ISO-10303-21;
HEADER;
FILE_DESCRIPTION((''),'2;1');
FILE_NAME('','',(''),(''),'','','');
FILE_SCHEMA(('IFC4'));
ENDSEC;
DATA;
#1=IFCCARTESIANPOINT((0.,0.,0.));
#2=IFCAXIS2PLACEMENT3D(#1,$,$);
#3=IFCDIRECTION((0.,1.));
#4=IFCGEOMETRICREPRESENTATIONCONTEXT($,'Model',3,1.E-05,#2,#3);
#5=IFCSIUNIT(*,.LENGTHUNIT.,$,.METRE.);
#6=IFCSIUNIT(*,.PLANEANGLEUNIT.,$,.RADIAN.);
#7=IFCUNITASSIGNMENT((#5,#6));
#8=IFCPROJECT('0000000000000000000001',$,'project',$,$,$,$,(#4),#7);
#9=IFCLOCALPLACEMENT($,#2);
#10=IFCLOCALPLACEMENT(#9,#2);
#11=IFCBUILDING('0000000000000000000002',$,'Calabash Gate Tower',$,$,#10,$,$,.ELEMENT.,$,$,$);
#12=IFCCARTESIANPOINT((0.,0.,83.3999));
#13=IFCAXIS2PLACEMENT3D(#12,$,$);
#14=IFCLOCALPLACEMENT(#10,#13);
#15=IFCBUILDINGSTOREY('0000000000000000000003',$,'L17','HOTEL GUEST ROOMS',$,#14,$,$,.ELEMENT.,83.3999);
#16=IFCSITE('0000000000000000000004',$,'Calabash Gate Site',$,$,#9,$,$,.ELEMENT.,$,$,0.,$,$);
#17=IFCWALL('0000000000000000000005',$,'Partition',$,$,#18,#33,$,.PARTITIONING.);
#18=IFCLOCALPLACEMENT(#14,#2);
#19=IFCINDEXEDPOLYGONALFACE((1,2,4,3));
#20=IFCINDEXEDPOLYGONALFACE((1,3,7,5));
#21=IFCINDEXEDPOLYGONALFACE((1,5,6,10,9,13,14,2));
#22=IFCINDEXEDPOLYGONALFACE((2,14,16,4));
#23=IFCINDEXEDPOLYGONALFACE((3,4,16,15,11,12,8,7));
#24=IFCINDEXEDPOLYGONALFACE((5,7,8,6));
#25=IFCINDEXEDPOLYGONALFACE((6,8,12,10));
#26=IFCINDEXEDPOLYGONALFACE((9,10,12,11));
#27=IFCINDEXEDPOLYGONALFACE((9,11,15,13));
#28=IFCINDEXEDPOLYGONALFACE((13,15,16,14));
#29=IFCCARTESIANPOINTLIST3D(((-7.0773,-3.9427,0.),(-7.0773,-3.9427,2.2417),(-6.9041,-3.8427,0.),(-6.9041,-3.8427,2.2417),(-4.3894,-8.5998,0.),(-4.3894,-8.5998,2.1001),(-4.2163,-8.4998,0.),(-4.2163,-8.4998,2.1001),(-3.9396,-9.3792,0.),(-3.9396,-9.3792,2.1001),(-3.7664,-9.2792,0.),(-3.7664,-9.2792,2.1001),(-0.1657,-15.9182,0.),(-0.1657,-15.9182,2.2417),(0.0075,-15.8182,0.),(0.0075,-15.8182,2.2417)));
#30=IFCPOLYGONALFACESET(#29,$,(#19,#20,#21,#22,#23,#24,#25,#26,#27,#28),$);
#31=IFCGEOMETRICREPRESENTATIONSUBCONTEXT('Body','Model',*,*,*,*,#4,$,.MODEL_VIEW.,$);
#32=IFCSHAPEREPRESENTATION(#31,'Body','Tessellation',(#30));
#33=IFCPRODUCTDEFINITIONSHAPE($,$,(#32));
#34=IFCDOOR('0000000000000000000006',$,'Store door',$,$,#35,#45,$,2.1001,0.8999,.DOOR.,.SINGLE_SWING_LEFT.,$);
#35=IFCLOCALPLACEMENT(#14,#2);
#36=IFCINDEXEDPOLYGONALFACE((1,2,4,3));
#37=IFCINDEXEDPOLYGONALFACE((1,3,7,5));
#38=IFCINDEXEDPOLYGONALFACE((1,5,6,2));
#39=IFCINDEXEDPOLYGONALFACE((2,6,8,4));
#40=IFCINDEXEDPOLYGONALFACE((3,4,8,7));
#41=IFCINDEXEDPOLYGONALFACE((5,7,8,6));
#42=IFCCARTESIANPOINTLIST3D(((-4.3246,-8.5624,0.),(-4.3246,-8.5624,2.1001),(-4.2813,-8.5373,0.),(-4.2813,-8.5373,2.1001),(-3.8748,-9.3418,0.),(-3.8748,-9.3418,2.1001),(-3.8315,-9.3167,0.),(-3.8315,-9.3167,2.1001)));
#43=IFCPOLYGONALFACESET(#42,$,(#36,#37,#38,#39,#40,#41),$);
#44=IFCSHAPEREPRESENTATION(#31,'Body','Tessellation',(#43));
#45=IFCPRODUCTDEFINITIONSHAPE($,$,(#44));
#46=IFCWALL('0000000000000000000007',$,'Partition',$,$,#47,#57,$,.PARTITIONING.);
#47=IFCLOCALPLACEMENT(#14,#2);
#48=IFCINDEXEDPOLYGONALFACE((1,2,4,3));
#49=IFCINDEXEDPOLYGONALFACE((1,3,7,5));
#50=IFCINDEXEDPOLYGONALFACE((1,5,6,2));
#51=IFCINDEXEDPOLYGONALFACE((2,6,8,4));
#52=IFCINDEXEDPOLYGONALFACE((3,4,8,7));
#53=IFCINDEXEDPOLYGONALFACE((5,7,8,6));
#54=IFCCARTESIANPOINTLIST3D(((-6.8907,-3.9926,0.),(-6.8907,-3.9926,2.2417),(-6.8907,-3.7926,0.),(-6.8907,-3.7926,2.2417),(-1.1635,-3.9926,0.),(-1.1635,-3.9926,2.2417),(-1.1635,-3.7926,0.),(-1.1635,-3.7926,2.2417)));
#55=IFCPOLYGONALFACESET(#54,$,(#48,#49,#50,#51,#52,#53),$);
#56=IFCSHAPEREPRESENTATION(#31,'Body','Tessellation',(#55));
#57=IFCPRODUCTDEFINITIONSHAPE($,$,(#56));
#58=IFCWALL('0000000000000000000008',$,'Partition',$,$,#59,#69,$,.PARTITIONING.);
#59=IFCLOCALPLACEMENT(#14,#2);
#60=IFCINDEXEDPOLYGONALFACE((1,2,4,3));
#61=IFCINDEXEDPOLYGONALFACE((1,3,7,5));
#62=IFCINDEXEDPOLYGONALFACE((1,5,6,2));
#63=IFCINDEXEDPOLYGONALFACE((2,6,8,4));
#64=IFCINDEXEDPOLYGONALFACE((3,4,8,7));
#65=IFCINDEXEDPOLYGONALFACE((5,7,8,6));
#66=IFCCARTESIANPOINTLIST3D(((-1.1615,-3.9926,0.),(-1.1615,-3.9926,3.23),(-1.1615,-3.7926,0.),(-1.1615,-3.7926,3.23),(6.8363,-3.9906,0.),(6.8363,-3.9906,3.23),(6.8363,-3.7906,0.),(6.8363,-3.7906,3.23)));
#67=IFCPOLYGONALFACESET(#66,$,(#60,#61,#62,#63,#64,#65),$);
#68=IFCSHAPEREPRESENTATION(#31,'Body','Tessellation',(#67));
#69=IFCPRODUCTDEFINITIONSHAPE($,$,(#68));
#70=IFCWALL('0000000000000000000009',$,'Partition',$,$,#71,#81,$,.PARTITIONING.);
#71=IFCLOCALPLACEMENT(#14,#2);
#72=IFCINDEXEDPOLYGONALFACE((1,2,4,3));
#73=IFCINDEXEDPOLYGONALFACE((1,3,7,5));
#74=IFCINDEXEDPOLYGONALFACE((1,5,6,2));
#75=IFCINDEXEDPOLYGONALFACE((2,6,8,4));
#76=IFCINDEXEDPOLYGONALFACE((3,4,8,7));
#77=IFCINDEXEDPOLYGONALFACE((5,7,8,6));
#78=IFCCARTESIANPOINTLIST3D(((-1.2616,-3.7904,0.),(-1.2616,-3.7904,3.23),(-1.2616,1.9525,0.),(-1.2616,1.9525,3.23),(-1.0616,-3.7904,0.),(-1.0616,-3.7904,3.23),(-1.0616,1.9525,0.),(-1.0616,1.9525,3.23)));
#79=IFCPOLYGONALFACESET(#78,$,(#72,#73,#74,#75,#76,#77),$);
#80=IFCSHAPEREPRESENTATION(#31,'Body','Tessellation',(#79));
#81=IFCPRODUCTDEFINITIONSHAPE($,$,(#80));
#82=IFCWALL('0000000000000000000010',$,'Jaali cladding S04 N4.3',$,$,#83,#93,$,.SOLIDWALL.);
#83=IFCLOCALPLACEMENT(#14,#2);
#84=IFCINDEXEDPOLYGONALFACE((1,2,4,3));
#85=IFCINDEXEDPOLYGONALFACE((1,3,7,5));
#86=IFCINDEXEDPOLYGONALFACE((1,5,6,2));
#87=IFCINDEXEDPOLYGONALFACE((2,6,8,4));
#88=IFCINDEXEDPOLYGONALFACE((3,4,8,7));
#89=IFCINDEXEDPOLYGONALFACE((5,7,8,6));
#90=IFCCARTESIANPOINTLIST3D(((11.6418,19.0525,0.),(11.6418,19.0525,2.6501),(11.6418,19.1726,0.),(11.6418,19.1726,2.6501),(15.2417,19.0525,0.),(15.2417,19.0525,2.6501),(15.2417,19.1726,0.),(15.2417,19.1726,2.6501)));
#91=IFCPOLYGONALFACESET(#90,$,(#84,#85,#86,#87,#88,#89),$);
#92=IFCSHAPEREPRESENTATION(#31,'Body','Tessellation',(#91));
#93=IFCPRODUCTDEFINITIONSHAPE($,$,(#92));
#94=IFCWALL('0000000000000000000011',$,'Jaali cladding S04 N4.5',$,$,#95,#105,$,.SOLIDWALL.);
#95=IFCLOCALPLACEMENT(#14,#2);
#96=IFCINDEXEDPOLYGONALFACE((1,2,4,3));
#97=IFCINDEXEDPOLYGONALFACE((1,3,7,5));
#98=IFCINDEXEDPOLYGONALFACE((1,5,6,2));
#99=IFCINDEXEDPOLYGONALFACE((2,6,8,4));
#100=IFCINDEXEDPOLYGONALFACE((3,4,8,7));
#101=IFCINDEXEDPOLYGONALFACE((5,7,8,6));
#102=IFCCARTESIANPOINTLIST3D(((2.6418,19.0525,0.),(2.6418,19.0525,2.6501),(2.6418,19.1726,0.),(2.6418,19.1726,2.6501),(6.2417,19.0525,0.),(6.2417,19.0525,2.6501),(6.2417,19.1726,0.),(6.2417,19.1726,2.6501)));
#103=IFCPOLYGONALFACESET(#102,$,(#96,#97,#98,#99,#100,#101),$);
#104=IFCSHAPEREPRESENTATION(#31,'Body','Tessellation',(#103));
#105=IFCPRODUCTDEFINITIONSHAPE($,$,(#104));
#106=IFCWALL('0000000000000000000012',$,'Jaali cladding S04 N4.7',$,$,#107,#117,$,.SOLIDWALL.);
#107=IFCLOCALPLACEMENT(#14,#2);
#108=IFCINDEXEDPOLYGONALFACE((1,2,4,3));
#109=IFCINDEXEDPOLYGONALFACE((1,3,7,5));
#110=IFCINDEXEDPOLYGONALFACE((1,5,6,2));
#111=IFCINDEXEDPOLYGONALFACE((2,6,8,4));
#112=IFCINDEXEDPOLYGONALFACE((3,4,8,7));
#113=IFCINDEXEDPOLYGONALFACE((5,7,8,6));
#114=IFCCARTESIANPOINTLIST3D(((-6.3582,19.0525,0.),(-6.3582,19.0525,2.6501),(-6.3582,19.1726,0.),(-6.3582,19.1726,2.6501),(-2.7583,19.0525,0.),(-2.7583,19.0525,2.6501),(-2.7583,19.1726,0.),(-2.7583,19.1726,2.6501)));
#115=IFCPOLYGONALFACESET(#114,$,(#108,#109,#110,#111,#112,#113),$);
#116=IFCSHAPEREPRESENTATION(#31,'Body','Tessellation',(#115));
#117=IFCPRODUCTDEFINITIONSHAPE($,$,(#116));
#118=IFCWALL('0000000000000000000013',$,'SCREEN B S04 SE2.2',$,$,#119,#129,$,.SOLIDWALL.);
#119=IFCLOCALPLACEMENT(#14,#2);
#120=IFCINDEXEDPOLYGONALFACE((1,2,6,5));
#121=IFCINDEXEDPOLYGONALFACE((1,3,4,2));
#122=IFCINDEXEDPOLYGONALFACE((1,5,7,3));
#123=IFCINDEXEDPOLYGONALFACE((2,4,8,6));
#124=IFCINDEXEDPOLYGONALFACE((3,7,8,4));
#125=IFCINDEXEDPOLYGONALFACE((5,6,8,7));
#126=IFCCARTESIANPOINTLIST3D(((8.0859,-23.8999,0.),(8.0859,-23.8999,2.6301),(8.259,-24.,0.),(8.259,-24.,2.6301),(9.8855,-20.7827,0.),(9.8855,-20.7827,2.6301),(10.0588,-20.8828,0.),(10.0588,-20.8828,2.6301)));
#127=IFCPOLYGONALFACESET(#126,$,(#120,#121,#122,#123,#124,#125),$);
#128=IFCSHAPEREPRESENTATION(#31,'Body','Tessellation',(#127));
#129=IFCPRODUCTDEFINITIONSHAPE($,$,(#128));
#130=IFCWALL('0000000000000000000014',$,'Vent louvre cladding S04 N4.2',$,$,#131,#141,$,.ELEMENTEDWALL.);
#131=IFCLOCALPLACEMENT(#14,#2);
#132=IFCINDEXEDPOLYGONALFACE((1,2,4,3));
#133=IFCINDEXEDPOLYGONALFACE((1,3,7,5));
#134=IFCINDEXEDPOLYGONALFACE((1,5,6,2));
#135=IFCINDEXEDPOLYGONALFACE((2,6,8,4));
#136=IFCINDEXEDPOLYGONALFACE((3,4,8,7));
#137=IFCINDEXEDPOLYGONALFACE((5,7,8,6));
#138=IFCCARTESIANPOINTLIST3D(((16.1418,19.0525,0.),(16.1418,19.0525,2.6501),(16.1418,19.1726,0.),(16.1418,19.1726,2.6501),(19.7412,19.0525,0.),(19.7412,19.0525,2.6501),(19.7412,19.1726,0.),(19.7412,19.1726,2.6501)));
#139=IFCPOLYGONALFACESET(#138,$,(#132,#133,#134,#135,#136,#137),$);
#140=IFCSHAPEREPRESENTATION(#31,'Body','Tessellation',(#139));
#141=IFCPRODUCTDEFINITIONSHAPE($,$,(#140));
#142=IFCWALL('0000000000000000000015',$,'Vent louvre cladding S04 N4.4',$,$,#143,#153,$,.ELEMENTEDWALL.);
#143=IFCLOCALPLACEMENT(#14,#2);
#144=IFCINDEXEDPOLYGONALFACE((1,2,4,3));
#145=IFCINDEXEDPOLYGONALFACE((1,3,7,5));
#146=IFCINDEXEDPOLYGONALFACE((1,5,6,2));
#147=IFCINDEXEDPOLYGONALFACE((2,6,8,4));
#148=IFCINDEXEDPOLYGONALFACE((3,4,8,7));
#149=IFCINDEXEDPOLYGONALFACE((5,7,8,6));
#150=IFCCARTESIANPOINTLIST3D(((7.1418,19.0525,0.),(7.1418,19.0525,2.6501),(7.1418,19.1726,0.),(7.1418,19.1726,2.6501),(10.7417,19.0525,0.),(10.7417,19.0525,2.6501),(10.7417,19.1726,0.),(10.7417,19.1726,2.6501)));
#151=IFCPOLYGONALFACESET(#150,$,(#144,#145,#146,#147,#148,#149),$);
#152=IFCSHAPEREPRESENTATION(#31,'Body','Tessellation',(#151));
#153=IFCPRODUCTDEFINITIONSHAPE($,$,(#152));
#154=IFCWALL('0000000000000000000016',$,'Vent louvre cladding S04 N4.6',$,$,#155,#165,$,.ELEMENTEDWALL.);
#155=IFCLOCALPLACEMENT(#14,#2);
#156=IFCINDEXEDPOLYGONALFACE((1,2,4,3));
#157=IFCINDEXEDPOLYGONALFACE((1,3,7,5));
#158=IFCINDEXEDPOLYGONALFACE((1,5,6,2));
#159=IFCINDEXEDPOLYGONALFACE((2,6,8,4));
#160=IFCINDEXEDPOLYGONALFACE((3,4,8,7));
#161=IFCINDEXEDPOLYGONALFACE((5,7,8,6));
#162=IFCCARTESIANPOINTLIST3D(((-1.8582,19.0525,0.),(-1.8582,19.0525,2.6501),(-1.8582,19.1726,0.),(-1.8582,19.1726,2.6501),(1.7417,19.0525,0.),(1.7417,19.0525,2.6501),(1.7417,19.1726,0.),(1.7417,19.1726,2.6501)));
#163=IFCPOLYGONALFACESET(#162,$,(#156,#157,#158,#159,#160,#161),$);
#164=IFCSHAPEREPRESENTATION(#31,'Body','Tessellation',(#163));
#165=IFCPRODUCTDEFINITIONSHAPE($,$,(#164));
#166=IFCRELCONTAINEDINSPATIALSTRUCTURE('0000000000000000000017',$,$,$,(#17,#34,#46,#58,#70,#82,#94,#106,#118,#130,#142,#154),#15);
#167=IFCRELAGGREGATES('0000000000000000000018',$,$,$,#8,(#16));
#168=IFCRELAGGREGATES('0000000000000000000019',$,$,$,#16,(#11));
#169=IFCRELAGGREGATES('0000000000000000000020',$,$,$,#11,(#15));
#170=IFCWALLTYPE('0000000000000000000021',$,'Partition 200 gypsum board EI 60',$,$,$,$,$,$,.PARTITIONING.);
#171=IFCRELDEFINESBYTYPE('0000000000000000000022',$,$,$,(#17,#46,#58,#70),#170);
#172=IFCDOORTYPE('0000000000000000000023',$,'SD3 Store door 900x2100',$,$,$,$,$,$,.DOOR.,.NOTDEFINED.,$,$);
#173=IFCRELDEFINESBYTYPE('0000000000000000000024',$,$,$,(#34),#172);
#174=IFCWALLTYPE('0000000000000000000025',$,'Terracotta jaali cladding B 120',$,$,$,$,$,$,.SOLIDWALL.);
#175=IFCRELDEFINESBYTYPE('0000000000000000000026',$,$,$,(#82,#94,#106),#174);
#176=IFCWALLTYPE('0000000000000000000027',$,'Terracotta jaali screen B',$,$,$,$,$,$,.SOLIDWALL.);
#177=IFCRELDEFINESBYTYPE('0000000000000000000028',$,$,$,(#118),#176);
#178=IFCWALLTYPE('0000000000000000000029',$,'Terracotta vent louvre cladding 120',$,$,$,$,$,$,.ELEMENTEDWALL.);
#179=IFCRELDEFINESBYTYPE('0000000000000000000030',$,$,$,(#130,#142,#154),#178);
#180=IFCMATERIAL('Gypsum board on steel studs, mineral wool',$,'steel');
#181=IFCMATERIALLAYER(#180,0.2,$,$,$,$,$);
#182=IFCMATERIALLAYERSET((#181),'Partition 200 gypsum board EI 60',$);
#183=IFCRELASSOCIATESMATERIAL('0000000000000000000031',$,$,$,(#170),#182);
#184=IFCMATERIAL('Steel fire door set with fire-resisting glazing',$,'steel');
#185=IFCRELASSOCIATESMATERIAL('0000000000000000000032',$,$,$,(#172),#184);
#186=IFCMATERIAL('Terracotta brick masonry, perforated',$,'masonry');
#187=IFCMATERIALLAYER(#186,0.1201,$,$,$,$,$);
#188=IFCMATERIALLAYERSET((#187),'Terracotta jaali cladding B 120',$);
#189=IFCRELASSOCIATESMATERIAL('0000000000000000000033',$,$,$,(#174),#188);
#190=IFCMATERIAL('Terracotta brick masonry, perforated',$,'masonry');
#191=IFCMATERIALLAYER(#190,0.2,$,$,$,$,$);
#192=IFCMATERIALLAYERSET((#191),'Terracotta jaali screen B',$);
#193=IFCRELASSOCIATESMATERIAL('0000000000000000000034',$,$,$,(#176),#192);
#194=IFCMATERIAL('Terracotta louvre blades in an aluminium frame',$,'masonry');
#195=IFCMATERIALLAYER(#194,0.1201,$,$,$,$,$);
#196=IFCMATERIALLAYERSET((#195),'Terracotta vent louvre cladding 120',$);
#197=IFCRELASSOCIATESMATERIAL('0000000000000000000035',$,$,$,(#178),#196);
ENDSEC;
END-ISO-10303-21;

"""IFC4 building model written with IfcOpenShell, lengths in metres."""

from ifc_helpers import new_model, si_unit, direction, frame, frame_2d, origin, place, context, subcontext, project, spatial, polyline, rectangle, outline, extrude, material, layer, layer_set, type_object, element, fill, save


model = new_model("IFC4")

# Units and contexts
model_context = context("Model", 3, precision=1e-05, world=origin(), true_north=direction((0.0, 1.0)))
body_context = subcontext(model_context, "Body", "Model", "MODEL_VIEW")
ifc_project = project(units=[si_unit("LENGTHUNIT", "METRE"), si_unit("PLANEANGLEUNIT", "RADIAN")], contexts=[model_context])

# Site, building, storey
site_placement = place(None, origin())
site = spatial("IfcSite", under=ifc_project, at=site_placement, Name="Calabash Gate Site", CompositionType="ELEMENT", RefElevation=0.0)
building_placement = place(site_placement, origin())
building = spatial("IfcBuilding", under=site, at=building_placement, Name="Calabash Gate Tower", CompositionType="ELEMENT")
storey_placement = place(building_placement, frame((0.0, 0.0, 83.3999)))
storey = spatial("IfcBuildingStorey", under=building, at=storey_placement, Name="L17", Description="HOTEL GUEST ROOMS", CompositionType="ELEMENT", Elevation=83.3999)

# Shared definitions
ifc_material_1 = material(Name="Gypsum board on steel studs, mineral wool", Category="steel")
ifc_layer_1 = layer(ifc_material_1, 0.2)
ifc_layer_set_1 = layer_set([ifc_layer_1], Name="Partition 200 gypsum board EI 60")
wall_type_1 = type_object("IfcWallType", Name="Partition 200 gypsum board EI 60", PredefinedType="PARTITIONING", material=ifc_layer_set_1)

# Wall, opening, door
wall_1_placement = place(storey_placement, frame((-6.9907, -3.8926, 0.0), z_axis=(0.0, 0.0, 1.0), x_axis=(0.499865, -0.866103, 0.0)))
wall_1 = element("IfcWall", 1, at=wall_1_placement, inside=storey, type_object=wall_type_1, Name="Partition", PredefinedType="PARTITIONING", context=body_context, shape_type="SweptSolid", body=[
    extrude(rectangle(XDim=13.8269, YDim=0.2, at=frame_2d((6.9136, 0.0))), origin(), (0.0, 0.0, 1.0), 2.2417),
])
opening_1_placement = place(wall_1_placement, frame((5.3772, 0.0, 0.0)))
opening_1 = element("IfcOpeningElement", 2, at=opening_1_placement, cuts=wall_1, PredefinedType="OPENING", context=body_context, shape_type="SweptSolid", body=[
    extrude(rectangle(XDim=0.8999, YDim=2.1001, at=frame_2d((0.45, 1.05))), frame((0.0, 0.1099, 0.0), z_axis=(0.0, -1.0, 0.0), x_axis=(1.0, 0.0, 0.0)), (0.0, 0.0, 1.0), 0.22),
])
ifc_material_2 = material(Name="Steel fire door set with fire-resisting glazing", Category="steel")
door_type_1 = type_object("IfcDoorType", Name="SD3 Store door 900x2100", OperationType="NOTDEFINED", PredefinedType="DOOR", material=ifc_material_2)
door_1_placement = place(opening_1_placement, origin())
door_1 = element("IfcDoor", 3, at=door_1_placement, inside=storey, type_object=door_type_1, Name="Store door", OperationType="SINGLE_SWING_LEFT", OverallHeight=2.1001, OverallWidth=0.8999, PredefinedType="DOOR", context=body_context, shape_type="SweptSolid", body=[
    extrude(rectangle(XDim=0.8999, YDim=2.1001, at=frame_2d((0.45, 1.05))), frame((0.0, 0.0249, 0.0), z_axis=(0.0, -1.0, 0.0), x_axis=(1.0, 0.0, 0.0)), (0.0, 0.0, 1.0), 0.05),
])
fill(opening_1, door_1)

# Walls
wall_2_placement = place(storey_placement, frame((-6.8909, -3.8926, 0.0), z_axis=(0.0, 0.0, 1.0), x_axis=(1.0, 0.0, 0.0)))
element("IfcWall", 4, at=wall_2_placement, inside=storey, type_object=wall_type_1, Name="Partition", PredefinedType="PARTITIONING", context=body_context, shape_type="SweptSolid", body=[
    extrude(rectangle(XDim=5.7273, YDim=0.2, at=frame_2d((2.8638, 0.0))), origin(), (0.0, 0.0, 1.0), 2.2417),
])
wall_3_placement = place(storey_placement, frame((-1.1616, -3.8926, 0.0), z_axis=(0.0, 0.0, 1.0), x_axis=(1.0, 0.000244, 0.0)))
element("IfcWall", 5, at=wall_3_placement, inside=storey, type_object=wall_type_1, Name="Partition", PredefinedType="PARTITIONING", context=body_context, shape_type="SweptSolid", body=[
    extrude(rectangle(XDim=7.9978, YDim=0.2, at=frame_2d((3.999, 0.0))), origin(), (0.0, 0.0, 1.0), 3.23),
])
wall_4_placement = place(storey_placement, frame((-1.1616, -3.7905, 0.0), z_axis=(0.0, 0.0, 1.0), x_axis=(0.0, 1.0, 0.0)))
element("IfcWall", 6, at=wall_4_placement, inside=storey, type_object=wall_type_1, Name="Partition", PredefinedType="PARTITIONING", context=body_context, shape_type="SweptSolid", body=[
    extrude(rectangle(XDim=5.7429, YDim=0.2, at=frame_2d((2.8716, 0.0))), origin(), (0.0, 0.0, 1.0), 3.23),
])
ifc_material_3 = material(Name="Terracotta brick masonry, perforated", Category="masonry")
ifc_layer_2 = layer(ifc_material_3, 0.1201)
ifc_layer_set_2 = layer_set([ifc_layer_2], Name="Terracotta jaali cladding B 120")
wall_type_2 = type_object("IfcWallType", Name="Terracotta jaali cladding B 120", PredefinedType="SOLIDWALL", material=ifc_layer_set_2)
wall_5_placement = place(storey_placement, origin())
element("IfcWall", 7, at=wall_5_placement, inside=storey, type_object=wall_type_2, Name="Jaali cladding S04 N4.3", PredefinedType="SOLIDWALL", context=body_context, shape_type="SweptSolid", body=[
    extrude(outline(polyline([(11.6418, 19.1726), (11.6418, 19.0525), (15.2417, 19.0525), (15.2417, 19.1726), (11.6418, 19.1726)])), origin(), (0.0, 0.0, 1.0), 2.6501),
])
wall_6_placement = place(storey_placement, origin())
element("IfcWall", 8, at=wall_6_placement, inside=storey, type_object=wall_type_2, Name="Jaali cladding S04 N4.5", PredefinedType="SOLIDWALL", context=body_context, shape_type="SweptSolid", body=[
    extrude(outline(polyline([(2.6418, 19.1726), (2.6418, 19.0525), (6.2417, 19.0525), (6.2417, 19.1726), (2.6418, 19.1726)])), origin(), (0.0, 0.0, 1.0), 2.6501),
])
wall_7_placement = place(storey_placement, origin())
element("IfcWall", 9, at=wall_7_placement, inside=storey, type_object=wall_type_2, Name="Jaali cladding S04 N4.7", PredefinedType="SOLIDWALL", context=body_context, shape_type="SweptSolid", body=[
    extrude(outline(polyline([(-6.3582, 19.1726), (-6.3582, 19.0525), (-2.7583, 19.0525), (-2.7583, 19.1726), (-6.3582, 19.1726)])), origin(), (0.0, 0.0, 1.0), 2.6501),
])
ifc_material_4 = material(Name="Terracotta brick masonry, perforated", Category="masonry")
ifc_layer_3 = layer(ifc_material_4, 0.2)
ifc_layer_set_3 = layer_set([ifc_layer_3], Name="Terracotta jaali screen B")
wall_type_3 = type_object("IfcWallType", Name="Terracotta jaali screen B", PredefinedType="SOLIDWALL", material=ifc_layer_set_3)
wall_8_placement = place(storey_placement, origin())
element("IfcWall", 10, at=wall_8_placement, inside=storey, type_object=wall_type_3, Name="SCREEN B S04 SE2.2", PredefinedType="SOLIDWALL", context=body_context, shape_type="SweptSolid", body=[
    extrude(outline(polyline([(8.259, -24.0), (10.0588, -20.8828), (9.8855, -20.7827), (8.0859, -23.8999), (8.259, -24.0)])), origin(), (0.0, 0.0, 1.0), 2.6301),
])
ifc_material_5 = material(Name="Terracotta louvre blades in an aluminium frame", Category="masonry")
ifc_layer_4 = layer(ifc_material_5, 0.1201)
ifc_layer_set_4 = layer_set([ifc_layer_4], Name="Terracotta vent louvre cladding 120")
wall_type_4 = type_object("IfcWallType", Name="Terracotta vent louvre cladding 120", PredefinedType="ELEMENTEDWALL", material=ifc_layer_set_4)
wall_9_placement = place(storey_placement, origin())
element("IfcWall", 11, at=wall_9_placement, inside=storey, type_object=wall_type_4, Name="Vent louvre cladding S04 N4.2", PredefinedType="ELEMENTEDWALL", context=body_context, shape_type="SweptSolid", body=[
    extrude(outline(polyline([(16.1418, 19.1726), (16.1418, 19.0525), (19.7412, 19.0525), (19.7412, 19.1726), (16.1418, 19.1726)])), origin(), (0.0, 0.0, 1.0), 2.6501),
])
wall_10_placement = place(storey_placement, origin())
element("IfcWall", 12, at=wall_10_placement, inside=storey, type_object=wall_type_4, Name="Vent louvre cladding S04 N4.4", PredefinedType="ELEMENTEDWALL", context=body_context, shape_type="SweptSolid", body=[
    extrude(outline(polyline([(7.1418, 19.1726), (7.1418, 19.0525), (10.7417, 19.0525), (10.7417, 19.1726), (7.1418, 19.1726)])), origin(), (0.0, 0.0, 1.0), 2.6501),
])
wall_11_placement = place(storey_placement, origin())
element("IfcWall", 13, at=wall_11_placement, inside=storey, type_object=wall_type_4, Name="Vent louvre cladding S04 N4.6", PredefinedType="ELEMENTEDWALL", context=body_context, shape_type="SweptSolid", body=[
    extrude(outline(polyline([(-1.8582, 19.1726), (-1.8582, 19.0525), (1.7417, 19.0525), (1.7417, 19.1726), (-1.8582, 19.1726)])), origin(), (0.0, 0.0, 1.0), 2.6501),
])

save(model, "model.ifc")
